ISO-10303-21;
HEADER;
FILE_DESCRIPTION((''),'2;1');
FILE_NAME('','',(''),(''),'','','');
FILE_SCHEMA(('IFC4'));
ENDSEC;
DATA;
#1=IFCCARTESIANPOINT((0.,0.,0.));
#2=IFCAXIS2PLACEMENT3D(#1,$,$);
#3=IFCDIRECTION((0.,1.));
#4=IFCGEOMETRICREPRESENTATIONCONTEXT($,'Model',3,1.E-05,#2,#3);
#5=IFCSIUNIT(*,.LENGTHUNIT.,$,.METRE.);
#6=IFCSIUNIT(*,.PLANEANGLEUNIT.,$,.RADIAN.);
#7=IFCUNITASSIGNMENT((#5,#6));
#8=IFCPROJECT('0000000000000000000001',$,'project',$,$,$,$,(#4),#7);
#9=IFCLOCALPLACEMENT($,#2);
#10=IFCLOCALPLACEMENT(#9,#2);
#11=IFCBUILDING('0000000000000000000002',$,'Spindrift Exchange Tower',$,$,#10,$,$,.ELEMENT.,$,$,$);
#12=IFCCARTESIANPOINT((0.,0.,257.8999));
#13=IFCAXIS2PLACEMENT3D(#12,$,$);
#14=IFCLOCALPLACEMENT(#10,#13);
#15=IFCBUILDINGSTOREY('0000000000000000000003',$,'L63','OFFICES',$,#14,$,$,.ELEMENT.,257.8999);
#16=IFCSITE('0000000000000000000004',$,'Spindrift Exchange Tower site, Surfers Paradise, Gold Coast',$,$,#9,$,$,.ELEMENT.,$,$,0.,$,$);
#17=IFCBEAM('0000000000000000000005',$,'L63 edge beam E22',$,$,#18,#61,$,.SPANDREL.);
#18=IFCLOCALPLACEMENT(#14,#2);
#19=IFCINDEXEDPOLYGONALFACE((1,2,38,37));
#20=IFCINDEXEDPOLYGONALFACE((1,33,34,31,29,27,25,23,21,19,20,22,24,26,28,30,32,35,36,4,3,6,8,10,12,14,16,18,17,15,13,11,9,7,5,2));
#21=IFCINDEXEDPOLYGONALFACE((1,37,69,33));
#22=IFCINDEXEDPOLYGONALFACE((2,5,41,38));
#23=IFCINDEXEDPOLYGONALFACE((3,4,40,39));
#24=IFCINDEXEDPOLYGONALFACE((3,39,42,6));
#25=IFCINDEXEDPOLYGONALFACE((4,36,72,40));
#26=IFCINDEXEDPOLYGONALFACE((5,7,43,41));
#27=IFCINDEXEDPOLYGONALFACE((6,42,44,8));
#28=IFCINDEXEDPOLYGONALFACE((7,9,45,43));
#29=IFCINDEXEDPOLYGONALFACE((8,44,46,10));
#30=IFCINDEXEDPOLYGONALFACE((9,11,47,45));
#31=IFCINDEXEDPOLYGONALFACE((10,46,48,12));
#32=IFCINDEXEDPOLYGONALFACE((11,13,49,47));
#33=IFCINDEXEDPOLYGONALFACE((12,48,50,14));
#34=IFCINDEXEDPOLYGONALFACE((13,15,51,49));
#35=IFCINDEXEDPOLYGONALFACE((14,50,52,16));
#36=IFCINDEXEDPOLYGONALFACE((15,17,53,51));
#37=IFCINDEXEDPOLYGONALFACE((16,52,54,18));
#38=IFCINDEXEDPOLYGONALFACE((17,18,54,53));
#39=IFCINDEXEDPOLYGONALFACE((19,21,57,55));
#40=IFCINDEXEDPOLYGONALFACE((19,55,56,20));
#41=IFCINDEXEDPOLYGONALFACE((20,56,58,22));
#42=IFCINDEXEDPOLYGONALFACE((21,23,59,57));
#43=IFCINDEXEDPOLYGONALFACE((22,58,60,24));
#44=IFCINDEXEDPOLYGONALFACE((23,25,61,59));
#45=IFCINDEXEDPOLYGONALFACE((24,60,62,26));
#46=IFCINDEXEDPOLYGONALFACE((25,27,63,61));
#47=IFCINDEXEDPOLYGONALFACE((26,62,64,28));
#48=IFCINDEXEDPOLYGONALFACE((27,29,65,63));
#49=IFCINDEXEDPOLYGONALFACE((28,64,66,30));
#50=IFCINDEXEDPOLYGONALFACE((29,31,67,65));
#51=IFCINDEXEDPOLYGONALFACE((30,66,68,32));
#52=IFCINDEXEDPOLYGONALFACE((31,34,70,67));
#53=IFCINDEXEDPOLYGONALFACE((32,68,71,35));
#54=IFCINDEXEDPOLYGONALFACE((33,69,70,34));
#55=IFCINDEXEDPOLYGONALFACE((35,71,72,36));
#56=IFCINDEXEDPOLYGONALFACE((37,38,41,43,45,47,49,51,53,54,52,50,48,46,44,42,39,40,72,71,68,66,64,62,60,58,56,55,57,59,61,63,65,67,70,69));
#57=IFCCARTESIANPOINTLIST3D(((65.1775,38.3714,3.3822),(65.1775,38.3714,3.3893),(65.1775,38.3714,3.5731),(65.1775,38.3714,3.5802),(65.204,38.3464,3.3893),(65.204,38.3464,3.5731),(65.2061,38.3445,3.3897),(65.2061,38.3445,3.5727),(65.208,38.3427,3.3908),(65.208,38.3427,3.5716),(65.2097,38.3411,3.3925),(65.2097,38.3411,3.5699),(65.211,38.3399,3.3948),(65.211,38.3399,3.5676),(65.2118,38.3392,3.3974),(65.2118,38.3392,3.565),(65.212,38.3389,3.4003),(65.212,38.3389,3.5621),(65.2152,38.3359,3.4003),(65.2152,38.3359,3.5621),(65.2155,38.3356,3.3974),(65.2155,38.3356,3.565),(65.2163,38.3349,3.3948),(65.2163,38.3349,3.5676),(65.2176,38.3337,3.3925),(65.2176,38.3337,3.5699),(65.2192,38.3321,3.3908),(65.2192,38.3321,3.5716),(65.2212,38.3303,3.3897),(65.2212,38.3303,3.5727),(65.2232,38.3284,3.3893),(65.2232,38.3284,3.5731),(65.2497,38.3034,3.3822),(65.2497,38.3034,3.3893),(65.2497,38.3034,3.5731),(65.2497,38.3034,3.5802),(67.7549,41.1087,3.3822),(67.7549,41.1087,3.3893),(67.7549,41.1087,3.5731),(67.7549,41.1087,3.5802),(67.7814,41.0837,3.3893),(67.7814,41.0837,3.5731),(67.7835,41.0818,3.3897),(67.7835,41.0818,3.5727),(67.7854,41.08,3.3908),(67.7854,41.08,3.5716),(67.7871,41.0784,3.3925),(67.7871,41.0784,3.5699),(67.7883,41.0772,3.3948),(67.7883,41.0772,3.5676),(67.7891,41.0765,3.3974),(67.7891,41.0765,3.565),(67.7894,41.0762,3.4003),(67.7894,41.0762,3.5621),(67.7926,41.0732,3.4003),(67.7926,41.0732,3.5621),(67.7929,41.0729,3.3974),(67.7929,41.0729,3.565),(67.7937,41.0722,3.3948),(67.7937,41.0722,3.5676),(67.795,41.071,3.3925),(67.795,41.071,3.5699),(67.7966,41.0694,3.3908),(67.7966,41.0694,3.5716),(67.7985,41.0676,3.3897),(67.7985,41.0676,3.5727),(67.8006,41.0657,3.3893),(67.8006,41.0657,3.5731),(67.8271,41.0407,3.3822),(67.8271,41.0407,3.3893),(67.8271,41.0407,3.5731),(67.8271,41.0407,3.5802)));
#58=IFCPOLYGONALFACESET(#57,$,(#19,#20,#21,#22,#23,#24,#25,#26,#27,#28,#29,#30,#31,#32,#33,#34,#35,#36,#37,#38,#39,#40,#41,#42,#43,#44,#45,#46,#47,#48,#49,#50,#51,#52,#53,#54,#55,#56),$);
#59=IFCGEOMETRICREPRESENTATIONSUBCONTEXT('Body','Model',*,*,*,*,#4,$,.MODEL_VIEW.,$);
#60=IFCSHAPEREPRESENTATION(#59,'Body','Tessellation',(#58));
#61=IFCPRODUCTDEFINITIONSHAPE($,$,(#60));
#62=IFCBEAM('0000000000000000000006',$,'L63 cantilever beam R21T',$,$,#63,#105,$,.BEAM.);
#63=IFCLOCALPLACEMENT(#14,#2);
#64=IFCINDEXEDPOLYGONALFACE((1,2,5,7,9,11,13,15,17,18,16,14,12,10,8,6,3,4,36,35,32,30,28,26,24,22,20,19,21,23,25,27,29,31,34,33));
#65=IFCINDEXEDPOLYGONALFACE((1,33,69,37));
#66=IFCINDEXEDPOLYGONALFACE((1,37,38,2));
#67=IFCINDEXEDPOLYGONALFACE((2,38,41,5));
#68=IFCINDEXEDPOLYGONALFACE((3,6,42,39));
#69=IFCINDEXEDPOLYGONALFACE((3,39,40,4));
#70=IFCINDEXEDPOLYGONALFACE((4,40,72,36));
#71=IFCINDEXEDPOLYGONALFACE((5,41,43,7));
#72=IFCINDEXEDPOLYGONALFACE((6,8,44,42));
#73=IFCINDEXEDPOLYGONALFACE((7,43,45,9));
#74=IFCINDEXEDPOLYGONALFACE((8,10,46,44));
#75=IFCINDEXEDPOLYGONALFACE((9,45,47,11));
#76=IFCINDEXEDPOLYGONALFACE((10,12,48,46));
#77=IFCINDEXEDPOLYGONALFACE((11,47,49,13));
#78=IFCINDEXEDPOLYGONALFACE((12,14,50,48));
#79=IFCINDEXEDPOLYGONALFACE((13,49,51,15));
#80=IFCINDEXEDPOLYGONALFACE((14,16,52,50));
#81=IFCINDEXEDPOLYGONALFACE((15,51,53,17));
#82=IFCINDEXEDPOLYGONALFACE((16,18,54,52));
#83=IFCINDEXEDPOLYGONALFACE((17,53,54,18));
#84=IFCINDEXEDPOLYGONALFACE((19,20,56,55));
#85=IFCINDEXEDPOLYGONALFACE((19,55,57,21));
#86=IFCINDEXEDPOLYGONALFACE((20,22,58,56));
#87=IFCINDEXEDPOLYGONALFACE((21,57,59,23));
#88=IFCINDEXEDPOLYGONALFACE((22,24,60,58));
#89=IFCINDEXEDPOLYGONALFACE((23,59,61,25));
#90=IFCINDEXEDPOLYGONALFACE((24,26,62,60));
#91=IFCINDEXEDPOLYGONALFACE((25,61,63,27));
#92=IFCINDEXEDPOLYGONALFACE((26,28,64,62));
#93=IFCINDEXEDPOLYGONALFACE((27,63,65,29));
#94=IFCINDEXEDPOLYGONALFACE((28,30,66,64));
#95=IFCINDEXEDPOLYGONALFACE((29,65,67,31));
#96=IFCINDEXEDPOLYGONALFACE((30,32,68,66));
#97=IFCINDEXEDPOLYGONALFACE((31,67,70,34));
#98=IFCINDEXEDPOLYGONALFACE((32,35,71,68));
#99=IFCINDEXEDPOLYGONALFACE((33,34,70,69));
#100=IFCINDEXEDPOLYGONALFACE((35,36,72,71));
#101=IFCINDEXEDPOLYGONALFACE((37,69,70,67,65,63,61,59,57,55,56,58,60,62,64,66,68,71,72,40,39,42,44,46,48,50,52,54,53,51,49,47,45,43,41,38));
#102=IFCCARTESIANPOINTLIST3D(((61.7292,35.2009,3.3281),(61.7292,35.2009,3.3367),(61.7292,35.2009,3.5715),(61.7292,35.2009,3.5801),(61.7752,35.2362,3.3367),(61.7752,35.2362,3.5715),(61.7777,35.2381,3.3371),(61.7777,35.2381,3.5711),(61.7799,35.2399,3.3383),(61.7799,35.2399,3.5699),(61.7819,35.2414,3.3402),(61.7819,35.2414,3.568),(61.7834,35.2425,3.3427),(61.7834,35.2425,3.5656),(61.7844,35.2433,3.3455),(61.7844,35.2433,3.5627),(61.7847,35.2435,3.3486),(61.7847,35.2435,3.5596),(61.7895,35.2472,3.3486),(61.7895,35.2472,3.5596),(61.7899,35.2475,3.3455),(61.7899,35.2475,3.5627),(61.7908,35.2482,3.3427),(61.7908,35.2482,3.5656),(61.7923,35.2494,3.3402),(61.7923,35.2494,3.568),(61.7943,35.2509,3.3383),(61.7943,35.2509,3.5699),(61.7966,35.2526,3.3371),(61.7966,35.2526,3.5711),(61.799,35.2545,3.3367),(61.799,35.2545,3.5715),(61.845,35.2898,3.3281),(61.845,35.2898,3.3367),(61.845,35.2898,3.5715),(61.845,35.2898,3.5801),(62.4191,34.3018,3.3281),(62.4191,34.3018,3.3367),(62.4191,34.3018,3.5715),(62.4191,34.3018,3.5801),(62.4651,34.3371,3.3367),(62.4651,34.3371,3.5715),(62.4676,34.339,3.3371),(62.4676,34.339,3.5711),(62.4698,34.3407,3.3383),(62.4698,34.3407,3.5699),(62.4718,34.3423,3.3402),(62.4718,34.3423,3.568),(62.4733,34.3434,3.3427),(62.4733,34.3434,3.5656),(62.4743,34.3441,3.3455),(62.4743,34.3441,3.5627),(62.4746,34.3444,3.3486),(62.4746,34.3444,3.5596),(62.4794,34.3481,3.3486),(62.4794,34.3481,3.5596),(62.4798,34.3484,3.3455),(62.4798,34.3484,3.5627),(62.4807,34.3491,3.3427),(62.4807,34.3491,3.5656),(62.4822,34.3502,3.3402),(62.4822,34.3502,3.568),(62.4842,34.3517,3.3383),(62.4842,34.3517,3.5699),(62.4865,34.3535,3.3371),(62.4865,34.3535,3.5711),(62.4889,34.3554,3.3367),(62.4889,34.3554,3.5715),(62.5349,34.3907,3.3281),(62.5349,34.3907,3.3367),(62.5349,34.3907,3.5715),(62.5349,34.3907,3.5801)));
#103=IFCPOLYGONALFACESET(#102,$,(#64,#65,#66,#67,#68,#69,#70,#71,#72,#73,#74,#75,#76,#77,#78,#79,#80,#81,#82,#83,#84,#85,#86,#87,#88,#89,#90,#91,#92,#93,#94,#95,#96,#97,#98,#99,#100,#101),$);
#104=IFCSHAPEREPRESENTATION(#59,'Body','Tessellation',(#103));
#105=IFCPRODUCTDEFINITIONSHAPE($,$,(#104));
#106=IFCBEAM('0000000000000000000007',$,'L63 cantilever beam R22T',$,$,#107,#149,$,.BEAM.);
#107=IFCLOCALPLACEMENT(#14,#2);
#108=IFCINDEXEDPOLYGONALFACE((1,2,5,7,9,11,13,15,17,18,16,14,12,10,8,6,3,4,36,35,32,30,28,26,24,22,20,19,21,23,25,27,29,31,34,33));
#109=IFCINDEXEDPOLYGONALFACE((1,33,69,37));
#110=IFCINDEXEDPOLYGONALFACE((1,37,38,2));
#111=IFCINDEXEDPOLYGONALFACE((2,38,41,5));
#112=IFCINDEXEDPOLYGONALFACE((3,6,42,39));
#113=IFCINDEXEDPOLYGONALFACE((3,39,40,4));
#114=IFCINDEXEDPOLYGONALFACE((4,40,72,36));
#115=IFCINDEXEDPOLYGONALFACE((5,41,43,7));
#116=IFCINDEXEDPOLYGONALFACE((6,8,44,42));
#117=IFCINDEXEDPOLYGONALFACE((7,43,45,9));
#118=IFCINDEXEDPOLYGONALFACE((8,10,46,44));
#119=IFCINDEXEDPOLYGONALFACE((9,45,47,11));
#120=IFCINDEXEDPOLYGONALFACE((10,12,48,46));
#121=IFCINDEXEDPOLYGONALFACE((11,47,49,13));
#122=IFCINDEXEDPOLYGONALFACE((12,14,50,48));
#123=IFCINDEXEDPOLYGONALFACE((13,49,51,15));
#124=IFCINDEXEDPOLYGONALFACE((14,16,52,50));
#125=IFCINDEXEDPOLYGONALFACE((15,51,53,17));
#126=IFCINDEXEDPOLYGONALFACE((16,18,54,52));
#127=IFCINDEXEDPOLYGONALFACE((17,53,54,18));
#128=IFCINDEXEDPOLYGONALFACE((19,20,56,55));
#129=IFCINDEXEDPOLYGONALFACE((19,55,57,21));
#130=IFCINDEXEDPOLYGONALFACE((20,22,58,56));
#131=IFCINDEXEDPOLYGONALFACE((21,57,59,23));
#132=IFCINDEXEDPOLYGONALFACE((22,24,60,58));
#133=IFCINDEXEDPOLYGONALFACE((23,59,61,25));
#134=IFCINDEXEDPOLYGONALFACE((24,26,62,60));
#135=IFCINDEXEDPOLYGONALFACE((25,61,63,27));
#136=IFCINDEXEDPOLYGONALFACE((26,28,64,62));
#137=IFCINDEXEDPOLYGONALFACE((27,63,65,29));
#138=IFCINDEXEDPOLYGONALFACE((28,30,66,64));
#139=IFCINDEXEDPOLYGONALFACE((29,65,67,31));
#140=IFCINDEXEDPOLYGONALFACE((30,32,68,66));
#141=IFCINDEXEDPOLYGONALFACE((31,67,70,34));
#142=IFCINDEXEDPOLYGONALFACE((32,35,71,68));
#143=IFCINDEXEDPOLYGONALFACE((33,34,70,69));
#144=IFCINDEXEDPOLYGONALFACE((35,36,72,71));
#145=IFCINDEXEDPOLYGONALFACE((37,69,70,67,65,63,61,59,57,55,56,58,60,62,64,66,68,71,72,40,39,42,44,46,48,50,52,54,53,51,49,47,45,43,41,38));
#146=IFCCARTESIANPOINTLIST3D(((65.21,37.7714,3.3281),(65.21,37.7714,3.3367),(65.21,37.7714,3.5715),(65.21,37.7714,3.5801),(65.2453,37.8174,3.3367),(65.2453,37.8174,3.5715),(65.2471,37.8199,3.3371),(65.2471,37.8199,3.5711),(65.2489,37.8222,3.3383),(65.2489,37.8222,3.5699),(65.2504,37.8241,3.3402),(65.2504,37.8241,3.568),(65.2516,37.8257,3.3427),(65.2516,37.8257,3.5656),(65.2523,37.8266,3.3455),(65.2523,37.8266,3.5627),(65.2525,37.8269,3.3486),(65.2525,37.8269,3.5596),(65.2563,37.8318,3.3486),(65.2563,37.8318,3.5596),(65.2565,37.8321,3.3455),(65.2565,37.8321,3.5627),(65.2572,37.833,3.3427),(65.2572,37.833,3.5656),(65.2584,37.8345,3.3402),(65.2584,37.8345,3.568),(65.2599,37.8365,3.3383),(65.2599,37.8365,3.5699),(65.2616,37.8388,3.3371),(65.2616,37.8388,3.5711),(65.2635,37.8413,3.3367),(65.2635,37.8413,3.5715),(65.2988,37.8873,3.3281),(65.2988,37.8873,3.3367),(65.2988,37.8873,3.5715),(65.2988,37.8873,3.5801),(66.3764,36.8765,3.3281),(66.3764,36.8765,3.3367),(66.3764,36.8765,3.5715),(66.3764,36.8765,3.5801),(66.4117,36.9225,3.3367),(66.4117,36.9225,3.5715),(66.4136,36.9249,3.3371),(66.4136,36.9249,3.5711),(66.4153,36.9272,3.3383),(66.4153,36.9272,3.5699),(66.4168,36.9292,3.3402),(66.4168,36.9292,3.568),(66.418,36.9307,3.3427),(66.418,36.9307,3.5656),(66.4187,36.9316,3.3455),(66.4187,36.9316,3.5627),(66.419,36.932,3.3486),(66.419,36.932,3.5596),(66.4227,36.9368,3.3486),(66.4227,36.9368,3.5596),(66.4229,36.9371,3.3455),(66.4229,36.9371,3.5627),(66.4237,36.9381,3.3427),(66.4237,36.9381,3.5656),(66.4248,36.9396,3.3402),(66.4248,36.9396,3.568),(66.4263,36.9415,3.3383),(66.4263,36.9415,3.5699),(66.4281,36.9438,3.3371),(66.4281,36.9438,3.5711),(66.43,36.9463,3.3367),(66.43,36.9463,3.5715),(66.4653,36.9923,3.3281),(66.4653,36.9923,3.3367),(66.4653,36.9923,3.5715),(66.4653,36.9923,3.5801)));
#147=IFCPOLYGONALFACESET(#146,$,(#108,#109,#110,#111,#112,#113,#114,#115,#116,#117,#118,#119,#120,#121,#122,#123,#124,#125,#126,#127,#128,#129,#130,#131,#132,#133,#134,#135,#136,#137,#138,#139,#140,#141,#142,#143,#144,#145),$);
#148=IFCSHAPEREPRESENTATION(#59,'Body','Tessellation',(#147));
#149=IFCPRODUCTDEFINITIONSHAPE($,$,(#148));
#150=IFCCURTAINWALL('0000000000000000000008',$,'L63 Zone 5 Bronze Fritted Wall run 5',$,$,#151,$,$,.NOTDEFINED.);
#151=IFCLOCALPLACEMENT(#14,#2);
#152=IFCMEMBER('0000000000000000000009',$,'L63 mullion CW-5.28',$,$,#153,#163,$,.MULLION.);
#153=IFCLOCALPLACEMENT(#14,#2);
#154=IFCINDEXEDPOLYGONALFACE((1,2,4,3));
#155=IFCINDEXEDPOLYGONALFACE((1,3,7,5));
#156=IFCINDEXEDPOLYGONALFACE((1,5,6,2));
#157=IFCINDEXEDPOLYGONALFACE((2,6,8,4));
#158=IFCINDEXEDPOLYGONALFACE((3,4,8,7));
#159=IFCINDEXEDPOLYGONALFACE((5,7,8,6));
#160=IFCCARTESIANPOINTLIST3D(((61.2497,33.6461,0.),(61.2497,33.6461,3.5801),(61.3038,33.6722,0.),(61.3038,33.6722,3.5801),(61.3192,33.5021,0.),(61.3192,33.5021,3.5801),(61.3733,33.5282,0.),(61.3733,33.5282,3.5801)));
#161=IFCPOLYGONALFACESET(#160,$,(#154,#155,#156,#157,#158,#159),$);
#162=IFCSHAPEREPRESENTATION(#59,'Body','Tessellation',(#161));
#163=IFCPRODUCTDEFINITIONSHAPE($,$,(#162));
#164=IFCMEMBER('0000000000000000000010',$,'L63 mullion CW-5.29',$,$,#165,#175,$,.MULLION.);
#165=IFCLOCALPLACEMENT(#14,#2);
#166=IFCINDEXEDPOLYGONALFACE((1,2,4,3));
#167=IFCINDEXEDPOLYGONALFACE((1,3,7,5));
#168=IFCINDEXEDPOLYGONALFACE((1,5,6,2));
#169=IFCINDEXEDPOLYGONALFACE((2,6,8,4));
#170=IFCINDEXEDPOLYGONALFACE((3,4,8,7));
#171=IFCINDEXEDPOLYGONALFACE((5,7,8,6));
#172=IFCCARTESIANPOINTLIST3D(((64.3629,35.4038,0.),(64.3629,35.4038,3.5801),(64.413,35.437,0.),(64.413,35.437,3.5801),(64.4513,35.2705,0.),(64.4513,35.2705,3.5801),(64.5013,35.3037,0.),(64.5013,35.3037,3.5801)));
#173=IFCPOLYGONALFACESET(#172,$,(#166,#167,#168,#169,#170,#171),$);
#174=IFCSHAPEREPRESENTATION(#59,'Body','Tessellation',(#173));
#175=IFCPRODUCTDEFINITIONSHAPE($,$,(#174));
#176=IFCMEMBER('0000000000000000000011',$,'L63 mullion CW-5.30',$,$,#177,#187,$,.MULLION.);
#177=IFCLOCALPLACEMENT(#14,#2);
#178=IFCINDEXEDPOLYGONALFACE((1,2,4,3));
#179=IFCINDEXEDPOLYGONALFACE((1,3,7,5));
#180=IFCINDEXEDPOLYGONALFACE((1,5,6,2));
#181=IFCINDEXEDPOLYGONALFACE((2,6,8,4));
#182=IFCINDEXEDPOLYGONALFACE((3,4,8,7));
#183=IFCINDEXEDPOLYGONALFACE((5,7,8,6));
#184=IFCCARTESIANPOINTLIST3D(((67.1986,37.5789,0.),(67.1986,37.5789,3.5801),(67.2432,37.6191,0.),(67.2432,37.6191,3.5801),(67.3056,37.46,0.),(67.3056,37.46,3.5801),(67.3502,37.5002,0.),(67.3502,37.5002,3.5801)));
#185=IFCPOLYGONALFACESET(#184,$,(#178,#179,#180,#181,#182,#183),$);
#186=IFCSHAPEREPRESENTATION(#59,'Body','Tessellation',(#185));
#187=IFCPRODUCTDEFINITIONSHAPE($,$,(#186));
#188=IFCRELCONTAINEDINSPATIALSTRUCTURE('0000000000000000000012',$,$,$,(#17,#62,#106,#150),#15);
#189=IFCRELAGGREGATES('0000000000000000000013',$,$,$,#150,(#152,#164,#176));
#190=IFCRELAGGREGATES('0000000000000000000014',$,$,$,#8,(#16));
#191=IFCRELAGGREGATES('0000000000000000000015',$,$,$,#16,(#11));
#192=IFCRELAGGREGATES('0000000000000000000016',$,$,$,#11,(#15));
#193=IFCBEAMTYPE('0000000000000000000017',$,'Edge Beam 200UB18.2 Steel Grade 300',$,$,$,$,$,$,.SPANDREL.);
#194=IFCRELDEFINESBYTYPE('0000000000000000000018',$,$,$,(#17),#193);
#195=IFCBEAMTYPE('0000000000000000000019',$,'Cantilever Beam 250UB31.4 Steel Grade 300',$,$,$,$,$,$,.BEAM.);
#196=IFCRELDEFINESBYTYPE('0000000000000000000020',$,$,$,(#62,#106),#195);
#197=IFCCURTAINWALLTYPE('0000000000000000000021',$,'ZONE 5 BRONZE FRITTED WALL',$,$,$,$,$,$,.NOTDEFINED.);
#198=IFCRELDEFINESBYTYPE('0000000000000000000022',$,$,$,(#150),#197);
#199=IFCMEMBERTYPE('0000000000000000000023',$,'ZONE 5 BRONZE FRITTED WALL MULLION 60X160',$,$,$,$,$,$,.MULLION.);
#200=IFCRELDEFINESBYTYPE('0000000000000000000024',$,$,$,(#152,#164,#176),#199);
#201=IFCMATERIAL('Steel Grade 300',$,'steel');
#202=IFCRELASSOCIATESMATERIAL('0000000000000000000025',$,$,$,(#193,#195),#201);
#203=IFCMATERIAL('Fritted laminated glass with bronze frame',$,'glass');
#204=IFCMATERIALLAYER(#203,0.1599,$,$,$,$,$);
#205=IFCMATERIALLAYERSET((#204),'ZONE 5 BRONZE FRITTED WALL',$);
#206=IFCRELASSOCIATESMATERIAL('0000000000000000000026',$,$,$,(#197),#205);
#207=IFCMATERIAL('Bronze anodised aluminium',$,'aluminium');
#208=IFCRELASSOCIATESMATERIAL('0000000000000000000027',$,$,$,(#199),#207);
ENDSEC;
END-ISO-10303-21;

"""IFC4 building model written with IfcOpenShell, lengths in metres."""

from ifc_helpers import new_model, si_unit, direction, frame, origin, origin_2d, place, context, subcontext, project, spatial, rectangle, i_section, extrude, source, transform, mapped, material, layer, layer_set, material_profile, profile_set, type_object, element, aggregate, save


model = new_model("IFC4")

# Units and contexts
model_context = context("Model", 3, precision=1e-05, world=origin(), true_north=direction((0.0, 1.0)))
body_context = subcontext(model_context, "Body", "Model", "MODEL_VIEW")
ifc_project = project(units=[si_unit("LENGTHUNIT", "METRE"), si_unit("PLANEANGLEUNIT", "RADIAN")], contexts=[model_context])

# Site, building, storey
site_placement = place(None, origin())
site = spatial("IfcSite", under=ifc_project, at=site_placement, Name="Spindrift Exchange Tower site, Surfers Paradise, Gold Coast", CompositionType="ELEMENT", RefElevation=0.0)
building_placement = place(site_placement, origin())
building = spatial("IfcBuilding", under=site, at=building_placement, Name="Spindrift Exchange Tower", CompositionType="ELEMENT")
storey_placement = place(building_placement, frame((0.0, 0.0, 257.8999)))
storey = spatial("IfcBuildingStorey", under=building, at=storey_placement, Name="L63", Description="OFFICES", CompositionType="ELEMENT", Elevation=257.8999)

# Beams
ifc_material_1 = material(Name="Steel Grade 300", Category="steel")
ifc_material_profile_1 = material_profile(ifc_material_1, i_section(OverallWidth=0.0991, OverallDepth=0.198, WebThickness=0.0044, FlangeThickness=0.0071, FilletRadius=0.011, at=origin_2d()), Name="200UB18.2")
ifc_profile_set_1 = profile_set([ifc_material_profile_1], Name="Steel Grade 300")
beam_type_1 = type_object("IfcBeamType", Name="Edge Beam 200UB18.2 Steel Grade 300", PredefinedType="SPANDREL", material=ifc_profile_set_1)
shared_shape_1 = source(origin(), body_context, "Body", "SweptSolid", [
    extrude(i_section(OverallWidth=0.0991, OverallDepth=0.198, WebThickness=0.0044, FlangeThickness=0.0071, FilletRadius=0.011, at=origin_2d()), origin(), (0.0, 0.0, 1.0), 3.7598),
])
beam_1_placement = place(storey_placement, frame((65.2136, 38.3374, 3.4812), z_axis=(0.685521, 0.728053, 0.0), x_axis=(-0.728053, 0.685521, 0.0)))
element("IfcBeam", 1, at=beam_1_placement, inside=storey, type_object=beam_type_1, Name="L63 edge beam E22", PredefinedType="SPANDREL", context=body_context, shape_type="MappedRepresentation", body=[
    mapped(shared_shape_1, transform((0.0, 0.0, 0.0), scale=1.0)),
])
ifc_material_profile_2 = material_profile(ifc_material_1, i_section(OverallWidth=0.146, OverallDepth=0.252, WebThickness=0.0061, FlangeThickness=0.0085, FilletRadius=0.012, at=origin_2d()), Name="250UB31.4")
ifc_profile_set_2 = profile_set([ifc_material_profile_2], Name="Steel Grade 300")
beam_type_2 = type_object("IfcBeamType", Name="Cantilever Beam 250UB31.4 Steel Grade 300", PredefinedType="BEAM", material=ifc_profile_set_2)
shared_shape_2 = source(origin(), body_context, "Body", "SweptSolid", [
    extrude(i_section(OverallWidth=0.146, OverallDepth=0.252, WebThickness=0.0061, FlangeThickness=0.0085, FilletRadius=0.012, at=origin_2d()), origin(), (0.0, 0.0, 1.0), 1.1333),
])
beam_2_placement = place(storey_placement, frame((61.7871, 35.2454, 3.4541), z_axis=(0.608753, -0.79336, 0.0), x_axis=(0.79336, 0.608753, 0.0)))
element("IfcBeam", 2, at=beam_2_placement, inside=storey, type_object=beam_type_2, Name="L63 cantilever beam R21T", PredefinedType="BEAM", context=body_context, shape_type="MappedRepresentation", body=[
    mapped(shared_shape_2, transform((0.0, 0.0, 0.0), scale=1.0)),
])
shared_shape_3 = source(origin(), body_context, "Body", "SweptSolid", [
    extrude(i_section(OverallWidth=0.146, OverallDepth=0.252, WebThickness=0.0061, FlangeThickness=0.0085, FilletRadius=0.012, at=origin_2d()), origin(), (0.0, 0.0, 1.0), 1.4702),
])
beam_3_placement = place(storey_placement, frame((65.2544, 37.8293, 3.4541), z_axis=(0.793376, -0.608731, 0.0), x_axis=(0.608731, 0.793376, 0.0)))
element("IfcBeam", 3, at=beam_3_placement, inside=storey, type_object=beam_type_2, Name="L63 cantilever beam R22T", PredefinedType="BEAM", context=body_context, shape_type="MappedRepresentation", body=[
    mapped(shared_shape_3, transform((0.0, 0.0, 0.0), scale=1.0)),
])

# Curtain wall, members
ifc_material_2 = material(Name="Fritted laminated glass with bronze frame", Category="glass")
ifc_layer_1 = layer(ifc_material_2, 0.1599)
ifc_layer_set_1 = layer_set([ifc_layer_1], Name="ZONE 5 BRONZE FRITTED WALL")
curtain_wall_type = type_object("IfcCurtainWallType", Name="ZONE 5 BRONZE FRITTED WALL", PredefinedType="NOTDEFINED", material=ifc_layer_set_1)
curtain_wall_1_placement = place(storey_placement, origin())
curtain_wall_1 = element("IfcCurtainWall", 4, at=curtain_wall_1_placement, inside=storey, type_object=curtain_wall_type, Name="L63 Zone 5 Bronze Fritted Wall run 5", PredefinedType="NOTDEFINED")
ifc_material_3 = material(Name="Bronze anodised aluminium", Category="aluminium")
ifc_material_profile_3 = material_profile(ifc_material_3, rectangle(XDim=0.0601, YDim=0.1599, at=origin_2d()), Name="ZONE 5 BRONZE FRITTED WALL MULLION 60X160")
ifc_profile_set_3 = profile_set([ifc_material_profile_3], Name="Bronze anodised aluminium")
member_type_1 = type_object("IfcMemberType", Name="ZONE 5 BRONZE FRITTED WALL MULLION 60X160", PredefinedType="MULLION", material=ifc_profile_set_3)
shared_shape_4 = source(origin(), body_context, "Body", "SweptSolid", [
    extrude(rectangle(XDim=0.0601, YDim=0.1599, at=origin_2d()), origin(), (0.0, 0.0, 1.0), 3.5801),
])
member_1_placement = place(storey_placement, frame((61.3115, 33.5872, 0.0), z_axis=(0.0, 0.0, 1.0), x_axis=(0.900713, 0.434415, 0.0)))
member_1 = element("IfcMember", 5, at=member_1_placement, type_object=member_type_1, Name="L63 mullion CW-5.28", PredefinedType="MULLION", context=body_context, shape_type="MappedRepresentation", body=[
    mapped(shared_shape_4, transform((0.0, 0.0, 0.0), scale=1.0)),
])
member_2_placement = place(storey_placement, frame((64.4321, 35.3538, 0.0), z_axis=(0.0, 0.0, 1.0), x_axis=(0.83352, 0.55249, 0.0)))
member_2 = element("IfcMember", 6, at=member_2_placement, type_object=member_type_1, Name="L63 mullion CW-5.29", PredefinedType="MULLION", context=body_context, shape_type="MappedRepresentation", body=[
    mapped(shared_shape_4, transform((0.0, 0.0, 0.0), scale=1.0)),
])
member_3_placement = place(storey_placement, frame((67.2744, 37.5396, 0.0), z_axis=(0.0, 0.0, 1.0), x_axis=(0.743132, 0.669145, 0.0)))
member_3 = element("IfcMember", 7, at=member_3_placement, type_object=member_type_1, Name="L63 mullion CW-5.30", PredefinedType="MULLION", context=body_context, shape_type="MappedRepresentation", body=[
    mapped(shared_shape_4, transform((0.0, 0.0, 0.0), scale=1.0)),
])

aggregate(curtain_wall_1, [member_1, member_2, member_3])

save(model, "model.ifc")
